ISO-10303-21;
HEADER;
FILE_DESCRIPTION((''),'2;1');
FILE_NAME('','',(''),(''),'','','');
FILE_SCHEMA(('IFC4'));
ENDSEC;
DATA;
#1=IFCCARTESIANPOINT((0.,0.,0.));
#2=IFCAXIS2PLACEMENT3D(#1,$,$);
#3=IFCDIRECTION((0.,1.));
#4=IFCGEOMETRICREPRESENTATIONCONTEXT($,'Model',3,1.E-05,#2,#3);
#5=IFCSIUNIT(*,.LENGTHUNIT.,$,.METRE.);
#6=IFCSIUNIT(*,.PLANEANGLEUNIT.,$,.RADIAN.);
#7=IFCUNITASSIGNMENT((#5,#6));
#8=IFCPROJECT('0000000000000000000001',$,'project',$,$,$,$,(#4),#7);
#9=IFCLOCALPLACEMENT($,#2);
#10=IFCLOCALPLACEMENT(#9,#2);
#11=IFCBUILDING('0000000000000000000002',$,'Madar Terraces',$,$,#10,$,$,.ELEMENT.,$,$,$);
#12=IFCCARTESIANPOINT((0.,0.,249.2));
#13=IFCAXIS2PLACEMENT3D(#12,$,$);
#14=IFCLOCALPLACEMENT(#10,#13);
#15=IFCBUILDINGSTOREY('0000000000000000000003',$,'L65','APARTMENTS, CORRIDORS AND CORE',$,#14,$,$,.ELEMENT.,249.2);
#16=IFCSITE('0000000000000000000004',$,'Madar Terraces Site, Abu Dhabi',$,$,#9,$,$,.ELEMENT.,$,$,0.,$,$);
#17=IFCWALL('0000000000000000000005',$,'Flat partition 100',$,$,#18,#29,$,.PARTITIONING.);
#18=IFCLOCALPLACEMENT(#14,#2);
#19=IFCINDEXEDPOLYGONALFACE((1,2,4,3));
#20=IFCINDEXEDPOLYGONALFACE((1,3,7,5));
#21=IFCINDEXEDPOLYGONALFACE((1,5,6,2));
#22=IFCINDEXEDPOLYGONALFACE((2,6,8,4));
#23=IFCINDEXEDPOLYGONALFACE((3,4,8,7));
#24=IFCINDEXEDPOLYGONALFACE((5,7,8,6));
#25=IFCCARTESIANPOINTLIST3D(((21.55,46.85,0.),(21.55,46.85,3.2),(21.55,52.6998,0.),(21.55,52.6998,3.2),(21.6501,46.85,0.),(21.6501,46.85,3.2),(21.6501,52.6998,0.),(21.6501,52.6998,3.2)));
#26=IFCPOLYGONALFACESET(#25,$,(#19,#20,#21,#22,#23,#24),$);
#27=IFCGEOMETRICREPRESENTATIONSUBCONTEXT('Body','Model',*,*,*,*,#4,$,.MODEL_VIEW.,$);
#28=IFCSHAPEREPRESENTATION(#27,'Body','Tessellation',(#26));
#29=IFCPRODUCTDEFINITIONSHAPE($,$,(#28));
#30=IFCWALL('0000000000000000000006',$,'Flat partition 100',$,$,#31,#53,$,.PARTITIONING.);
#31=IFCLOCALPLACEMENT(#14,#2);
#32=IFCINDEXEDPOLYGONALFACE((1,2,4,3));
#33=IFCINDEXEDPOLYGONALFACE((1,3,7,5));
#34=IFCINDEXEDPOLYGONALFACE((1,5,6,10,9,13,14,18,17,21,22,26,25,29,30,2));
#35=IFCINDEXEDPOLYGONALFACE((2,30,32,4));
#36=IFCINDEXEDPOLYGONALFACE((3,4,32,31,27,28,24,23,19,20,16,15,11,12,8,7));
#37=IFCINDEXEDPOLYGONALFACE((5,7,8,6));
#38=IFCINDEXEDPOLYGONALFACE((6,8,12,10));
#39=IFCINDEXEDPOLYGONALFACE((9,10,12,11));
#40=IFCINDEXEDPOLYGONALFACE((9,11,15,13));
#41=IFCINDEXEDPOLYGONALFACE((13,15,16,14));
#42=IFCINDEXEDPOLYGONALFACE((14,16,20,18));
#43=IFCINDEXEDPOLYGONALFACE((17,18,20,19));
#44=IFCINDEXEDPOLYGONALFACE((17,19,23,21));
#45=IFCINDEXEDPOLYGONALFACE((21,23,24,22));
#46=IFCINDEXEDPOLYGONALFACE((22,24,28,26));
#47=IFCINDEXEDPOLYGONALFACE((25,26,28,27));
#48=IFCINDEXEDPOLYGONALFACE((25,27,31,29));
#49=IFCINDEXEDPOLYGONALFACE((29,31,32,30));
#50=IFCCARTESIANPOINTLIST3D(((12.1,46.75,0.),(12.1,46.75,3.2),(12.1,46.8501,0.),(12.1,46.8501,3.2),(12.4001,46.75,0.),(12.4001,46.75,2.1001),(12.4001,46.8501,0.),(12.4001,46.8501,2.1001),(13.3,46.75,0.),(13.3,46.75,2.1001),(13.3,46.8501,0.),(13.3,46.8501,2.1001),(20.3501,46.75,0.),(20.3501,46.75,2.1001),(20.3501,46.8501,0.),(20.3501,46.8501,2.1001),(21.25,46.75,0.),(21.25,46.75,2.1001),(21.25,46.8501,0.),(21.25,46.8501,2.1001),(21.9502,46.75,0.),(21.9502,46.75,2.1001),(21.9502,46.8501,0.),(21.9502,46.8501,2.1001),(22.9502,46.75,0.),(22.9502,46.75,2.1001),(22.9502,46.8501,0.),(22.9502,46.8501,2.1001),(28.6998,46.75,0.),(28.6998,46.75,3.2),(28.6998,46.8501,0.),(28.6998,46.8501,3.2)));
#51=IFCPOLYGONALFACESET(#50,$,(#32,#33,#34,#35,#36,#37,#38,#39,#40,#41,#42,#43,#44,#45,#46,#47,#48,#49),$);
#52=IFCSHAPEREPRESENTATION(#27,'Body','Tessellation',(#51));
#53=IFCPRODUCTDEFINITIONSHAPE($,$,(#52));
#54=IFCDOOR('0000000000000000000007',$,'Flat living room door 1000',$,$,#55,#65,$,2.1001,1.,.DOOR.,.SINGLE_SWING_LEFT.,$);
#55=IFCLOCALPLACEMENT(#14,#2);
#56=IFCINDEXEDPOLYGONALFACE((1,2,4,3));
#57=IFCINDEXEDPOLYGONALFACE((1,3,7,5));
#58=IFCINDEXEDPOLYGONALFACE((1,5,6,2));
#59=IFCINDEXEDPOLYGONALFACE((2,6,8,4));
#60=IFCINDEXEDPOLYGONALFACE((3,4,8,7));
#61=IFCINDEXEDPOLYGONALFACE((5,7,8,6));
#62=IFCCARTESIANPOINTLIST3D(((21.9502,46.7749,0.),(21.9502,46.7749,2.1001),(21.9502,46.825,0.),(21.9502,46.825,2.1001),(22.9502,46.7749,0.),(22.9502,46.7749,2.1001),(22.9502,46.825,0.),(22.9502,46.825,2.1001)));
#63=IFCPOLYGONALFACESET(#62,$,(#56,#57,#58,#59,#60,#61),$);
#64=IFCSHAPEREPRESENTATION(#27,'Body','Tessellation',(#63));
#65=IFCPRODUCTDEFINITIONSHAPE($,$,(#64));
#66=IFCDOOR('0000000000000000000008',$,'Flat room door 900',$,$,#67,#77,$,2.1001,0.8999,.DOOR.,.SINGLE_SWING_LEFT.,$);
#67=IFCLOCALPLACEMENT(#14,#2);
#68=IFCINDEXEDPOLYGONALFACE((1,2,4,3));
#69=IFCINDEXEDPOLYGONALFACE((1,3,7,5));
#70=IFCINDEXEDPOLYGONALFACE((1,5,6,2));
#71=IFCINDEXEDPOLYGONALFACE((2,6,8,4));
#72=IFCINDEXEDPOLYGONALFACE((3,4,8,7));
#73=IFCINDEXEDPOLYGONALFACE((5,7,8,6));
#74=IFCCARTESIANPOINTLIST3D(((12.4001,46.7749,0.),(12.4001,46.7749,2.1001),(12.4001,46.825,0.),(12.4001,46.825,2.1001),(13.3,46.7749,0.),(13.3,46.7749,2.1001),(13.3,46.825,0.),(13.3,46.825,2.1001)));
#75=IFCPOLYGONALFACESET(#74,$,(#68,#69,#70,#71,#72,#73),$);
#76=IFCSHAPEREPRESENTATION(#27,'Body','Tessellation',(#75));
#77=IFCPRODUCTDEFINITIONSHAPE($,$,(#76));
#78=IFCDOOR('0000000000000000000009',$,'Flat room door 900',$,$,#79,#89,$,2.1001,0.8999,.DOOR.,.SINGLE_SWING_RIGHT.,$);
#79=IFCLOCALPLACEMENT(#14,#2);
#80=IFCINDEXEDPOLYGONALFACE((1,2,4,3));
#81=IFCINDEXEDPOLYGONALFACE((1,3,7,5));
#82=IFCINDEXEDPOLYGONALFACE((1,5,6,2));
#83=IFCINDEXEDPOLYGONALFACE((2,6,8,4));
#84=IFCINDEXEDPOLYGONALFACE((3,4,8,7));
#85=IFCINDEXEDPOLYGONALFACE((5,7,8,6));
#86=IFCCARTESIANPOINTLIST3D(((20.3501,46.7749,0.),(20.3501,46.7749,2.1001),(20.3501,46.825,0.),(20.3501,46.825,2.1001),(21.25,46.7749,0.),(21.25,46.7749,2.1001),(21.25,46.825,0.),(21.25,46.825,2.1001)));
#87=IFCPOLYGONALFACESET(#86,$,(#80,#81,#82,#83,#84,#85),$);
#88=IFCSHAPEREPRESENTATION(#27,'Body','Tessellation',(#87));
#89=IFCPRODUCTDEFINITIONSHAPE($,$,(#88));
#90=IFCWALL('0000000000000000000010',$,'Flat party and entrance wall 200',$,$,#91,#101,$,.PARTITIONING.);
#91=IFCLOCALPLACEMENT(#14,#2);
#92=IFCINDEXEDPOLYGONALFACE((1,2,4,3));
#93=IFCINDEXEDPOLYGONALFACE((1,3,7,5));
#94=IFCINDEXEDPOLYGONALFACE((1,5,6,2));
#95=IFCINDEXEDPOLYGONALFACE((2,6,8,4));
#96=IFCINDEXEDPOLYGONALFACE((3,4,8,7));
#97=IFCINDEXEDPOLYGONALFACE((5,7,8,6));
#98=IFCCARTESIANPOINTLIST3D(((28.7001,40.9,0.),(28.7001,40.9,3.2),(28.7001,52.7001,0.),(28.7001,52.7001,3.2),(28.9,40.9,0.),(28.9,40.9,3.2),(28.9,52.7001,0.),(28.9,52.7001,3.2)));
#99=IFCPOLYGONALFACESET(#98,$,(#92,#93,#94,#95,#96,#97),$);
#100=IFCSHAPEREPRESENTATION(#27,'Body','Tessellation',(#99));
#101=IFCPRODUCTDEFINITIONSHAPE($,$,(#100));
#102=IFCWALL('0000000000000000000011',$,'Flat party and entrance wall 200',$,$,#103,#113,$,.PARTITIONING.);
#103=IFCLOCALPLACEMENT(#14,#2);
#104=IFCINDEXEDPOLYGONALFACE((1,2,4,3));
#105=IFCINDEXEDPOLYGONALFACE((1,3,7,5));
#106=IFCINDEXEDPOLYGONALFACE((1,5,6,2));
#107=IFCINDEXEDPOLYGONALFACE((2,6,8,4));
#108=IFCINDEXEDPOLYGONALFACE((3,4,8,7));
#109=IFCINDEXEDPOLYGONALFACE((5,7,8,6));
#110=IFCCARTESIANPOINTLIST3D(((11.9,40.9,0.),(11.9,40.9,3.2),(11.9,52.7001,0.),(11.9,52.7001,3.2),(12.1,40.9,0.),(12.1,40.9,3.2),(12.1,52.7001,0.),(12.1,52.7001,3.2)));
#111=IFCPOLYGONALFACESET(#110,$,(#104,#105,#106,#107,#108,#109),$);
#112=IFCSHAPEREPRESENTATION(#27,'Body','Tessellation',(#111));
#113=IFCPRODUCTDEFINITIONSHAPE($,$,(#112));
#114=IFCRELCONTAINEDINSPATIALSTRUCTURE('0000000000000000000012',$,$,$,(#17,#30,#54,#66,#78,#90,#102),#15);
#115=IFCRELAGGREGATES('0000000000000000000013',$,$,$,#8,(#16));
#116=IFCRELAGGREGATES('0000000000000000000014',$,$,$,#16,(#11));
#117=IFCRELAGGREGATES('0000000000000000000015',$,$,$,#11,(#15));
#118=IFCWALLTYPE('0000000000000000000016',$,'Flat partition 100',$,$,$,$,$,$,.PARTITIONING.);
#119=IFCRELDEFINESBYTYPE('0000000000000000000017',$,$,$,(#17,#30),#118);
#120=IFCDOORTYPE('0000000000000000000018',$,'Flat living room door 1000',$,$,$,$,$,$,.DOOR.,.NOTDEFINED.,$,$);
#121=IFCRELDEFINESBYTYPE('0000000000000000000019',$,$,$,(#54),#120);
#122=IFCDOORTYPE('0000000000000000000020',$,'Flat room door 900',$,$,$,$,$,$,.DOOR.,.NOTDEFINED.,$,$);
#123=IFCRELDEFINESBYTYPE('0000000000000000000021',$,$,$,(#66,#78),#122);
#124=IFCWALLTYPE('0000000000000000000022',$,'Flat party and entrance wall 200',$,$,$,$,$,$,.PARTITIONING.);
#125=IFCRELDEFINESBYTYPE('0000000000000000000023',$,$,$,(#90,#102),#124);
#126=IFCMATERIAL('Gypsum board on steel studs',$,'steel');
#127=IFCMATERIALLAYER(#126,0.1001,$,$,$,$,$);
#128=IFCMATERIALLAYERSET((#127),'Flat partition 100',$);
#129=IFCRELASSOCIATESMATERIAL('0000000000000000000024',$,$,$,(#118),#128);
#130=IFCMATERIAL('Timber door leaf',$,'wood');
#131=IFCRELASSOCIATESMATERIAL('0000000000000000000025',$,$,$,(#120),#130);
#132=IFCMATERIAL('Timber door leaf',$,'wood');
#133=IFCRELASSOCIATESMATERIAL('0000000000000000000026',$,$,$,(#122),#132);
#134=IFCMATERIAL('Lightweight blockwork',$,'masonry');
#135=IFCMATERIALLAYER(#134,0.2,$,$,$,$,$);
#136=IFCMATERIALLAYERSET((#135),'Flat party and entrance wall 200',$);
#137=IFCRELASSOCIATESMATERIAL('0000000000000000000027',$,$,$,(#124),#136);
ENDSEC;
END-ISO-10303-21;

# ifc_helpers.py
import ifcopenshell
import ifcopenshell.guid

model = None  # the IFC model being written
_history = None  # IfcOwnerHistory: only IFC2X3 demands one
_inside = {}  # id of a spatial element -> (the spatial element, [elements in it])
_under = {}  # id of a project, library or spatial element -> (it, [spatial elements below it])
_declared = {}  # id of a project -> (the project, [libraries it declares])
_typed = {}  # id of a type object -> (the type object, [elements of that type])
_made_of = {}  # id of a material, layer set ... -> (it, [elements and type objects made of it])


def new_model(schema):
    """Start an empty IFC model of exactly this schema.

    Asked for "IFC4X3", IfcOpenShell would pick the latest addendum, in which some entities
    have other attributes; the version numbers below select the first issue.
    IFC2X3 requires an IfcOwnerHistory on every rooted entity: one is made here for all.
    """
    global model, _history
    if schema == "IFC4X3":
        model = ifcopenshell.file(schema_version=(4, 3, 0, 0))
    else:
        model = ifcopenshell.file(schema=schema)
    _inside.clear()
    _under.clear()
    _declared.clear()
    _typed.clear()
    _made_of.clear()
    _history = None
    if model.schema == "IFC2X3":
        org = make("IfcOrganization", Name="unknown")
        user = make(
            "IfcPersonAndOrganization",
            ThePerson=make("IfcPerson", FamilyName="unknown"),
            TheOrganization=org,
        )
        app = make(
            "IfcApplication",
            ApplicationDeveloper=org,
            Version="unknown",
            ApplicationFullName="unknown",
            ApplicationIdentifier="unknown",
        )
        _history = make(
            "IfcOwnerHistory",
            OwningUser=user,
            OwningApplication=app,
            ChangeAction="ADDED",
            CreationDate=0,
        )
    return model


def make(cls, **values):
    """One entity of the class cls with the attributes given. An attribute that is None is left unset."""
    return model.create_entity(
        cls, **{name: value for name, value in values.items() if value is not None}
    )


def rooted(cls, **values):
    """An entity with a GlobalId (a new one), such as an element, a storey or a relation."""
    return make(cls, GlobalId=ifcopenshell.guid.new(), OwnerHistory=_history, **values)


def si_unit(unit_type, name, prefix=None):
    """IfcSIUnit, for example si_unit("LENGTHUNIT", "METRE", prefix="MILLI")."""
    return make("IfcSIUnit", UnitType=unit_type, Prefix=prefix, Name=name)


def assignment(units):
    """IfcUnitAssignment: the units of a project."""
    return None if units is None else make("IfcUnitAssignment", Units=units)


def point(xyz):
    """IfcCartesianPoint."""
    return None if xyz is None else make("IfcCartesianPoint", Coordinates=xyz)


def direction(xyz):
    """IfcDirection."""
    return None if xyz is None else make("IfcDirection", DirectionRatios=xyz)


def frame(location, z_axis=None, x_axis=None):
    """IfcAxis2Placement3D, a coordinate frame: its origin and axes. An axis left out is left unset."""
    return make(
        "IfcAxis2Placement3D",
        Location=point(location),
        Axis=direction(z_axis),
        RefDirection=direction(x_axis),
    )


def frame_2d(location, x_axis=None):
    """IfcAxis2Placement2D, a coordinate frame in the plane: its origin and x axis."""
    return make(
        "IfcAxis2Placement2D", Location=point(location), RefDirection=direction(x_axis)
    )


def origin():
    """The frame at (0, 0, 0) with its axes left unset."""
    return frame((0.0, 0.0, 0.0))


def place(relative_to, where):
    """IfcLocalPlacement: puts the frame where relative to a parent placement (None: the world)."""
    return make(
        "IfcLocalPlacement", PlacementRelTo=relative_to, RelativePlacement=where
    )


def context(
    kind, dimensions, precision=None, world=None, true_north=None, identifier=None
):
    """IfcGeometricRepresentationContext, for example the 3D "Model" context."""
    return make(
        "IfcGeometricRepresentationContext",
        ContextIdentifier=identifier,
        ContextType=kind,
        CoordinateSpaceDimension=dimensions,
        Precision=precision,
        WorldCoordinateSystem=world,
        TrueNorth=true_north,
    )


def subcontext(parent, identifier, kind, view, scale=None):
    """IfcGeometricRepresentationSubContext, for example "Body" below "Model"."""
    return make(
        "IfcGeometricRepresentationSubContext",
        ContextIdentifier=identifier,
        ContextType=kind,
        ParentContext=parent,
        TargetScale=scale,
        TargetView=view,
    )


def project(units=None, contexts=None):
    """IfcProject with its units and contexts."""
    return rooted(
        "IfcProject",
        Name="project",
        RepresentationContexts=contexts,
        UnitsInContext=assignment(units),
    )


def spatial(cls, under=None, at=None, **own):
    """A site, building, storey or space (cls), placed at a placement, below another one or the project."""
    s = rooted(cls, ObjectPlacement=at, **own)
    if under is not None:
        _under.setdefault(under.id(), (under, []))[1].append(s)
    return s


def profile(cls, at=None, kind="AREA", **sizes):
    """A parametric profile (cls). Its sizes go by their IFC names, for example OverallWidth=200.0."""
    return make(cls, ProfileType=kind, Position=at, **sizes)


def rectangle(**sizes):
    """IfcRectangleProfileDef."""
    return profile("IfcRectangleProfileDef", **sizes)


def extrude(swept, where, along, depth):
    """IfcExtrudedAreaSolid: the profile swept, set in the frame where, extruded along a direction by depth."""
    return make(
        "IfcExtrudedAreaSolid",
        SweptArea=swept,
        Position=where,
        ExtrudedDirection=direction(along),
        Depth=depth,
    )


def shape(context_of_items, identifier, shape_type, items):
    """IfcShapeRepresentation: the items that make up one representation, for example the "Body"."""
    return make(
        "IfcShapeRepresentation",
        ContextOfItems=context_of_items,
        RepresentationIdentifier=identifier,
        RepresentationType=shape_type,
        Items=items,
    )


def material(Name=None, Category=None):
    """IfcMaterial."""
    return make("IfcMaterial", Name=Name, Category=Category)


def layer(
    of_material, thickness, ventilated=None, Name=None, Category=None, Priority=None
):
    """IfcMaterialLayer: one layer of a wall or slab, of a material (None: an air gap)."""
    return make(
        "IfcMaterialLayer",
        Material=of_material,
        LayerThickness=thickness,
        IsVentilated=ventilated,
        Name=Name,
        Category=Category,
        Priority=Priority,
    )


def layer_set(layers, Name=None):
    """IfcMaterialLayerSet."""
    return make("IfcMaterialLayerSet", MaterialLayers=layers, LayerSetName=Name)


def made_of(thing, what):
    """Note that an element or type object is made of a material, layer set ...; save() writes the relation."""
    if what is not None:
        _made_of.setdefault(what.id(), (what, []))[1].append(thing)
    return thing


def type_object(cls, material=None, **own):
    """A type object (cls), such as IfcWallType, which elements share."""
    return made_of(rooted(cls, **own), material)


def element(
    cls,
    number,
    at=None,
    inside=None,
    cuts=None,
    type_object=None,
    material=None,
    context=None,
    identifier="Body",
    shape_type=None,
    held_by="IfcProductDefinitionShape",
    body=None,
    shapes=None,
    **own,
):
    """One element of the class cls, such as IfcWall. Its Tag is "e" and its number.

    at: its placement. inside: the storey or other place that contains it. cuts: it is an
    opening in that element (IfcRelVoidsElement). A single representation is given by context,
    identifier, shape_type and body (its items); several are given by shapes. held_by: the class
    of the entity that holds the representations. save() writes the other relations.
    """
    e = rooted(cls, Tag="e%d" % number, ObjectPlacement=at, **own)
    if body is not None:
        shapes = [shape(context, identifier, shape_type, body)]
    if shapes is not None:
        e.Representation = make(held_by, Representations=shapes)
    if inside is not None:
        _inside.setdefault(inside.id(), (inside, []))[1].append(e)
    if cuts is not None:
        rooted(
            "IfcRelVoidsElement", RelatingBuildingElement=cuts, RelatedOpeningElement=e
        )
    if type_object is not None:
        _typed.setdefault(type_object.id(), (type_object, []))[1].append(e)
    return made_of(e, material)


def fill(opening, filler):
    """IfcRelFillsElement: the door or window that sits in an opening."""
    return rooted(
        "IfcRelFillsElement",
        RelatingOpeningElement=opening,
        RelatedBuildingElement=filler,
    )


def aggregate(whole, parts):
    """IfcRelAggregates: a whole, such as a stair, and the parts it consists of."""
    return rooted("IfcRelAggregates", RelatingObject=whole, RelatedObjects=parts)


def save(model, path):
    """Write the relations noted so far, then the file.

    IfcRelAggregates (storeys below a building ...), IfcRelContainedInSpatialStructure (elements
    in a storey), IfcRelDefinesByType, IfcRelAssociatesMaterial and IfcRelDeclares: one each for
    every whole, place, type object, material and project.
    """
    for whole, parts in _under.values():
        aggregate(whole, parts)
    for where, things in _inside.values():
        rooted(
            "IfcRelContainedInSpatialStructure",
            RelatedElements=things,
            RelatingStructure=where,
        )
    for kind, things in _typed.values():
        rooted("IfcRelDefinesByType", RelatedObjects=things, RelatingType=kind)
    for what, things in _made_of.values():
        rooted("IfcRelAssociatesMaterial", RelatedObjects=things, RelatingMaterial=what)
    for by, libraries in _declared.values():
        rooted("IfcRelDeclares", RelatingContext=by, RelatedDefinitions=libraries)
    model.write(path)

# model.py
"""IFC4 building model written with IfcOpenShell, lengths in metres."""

from ifc_helpers import new_model, si_unit, direction, frame, frame_2d, origin, place, context, subcontext, project, spatial, rectangle, extrude, material, layer, layer_set, type_object, element, fill, save


model = new_model("IFC4")

# Units and contexts
model_context = context("Model", 3, precision=1e-05, world=origin(), true_north=direction((0.0, 1.0)))
body_context = subcontext(model_context, "Body", "Model", "MODEL_VIEW")
ifc_project = project(units=[si_unit("LENGTHUNIT", "METRE"), si_unit("PLANEANGLEUNIT", "RADIAN")], contexts=[model_context])

# Site, building, storey
site_placement = place(None, origin())
site = spatial("IfcSite", under=ifc_project, at=site_placement, Name="Madar Terraces Site, Abu Dhabi", CompositionType="ELEMENT", RefElevation=0.0)
building_placement = place(site_placement, origin())
building = spatial("IfcBuilding", under=site, at=building_placement, Name="Madar Terraces", CompositionType="ELEMENT")
storey_placement = place(building_placement, frame((0.0, 0.0, 249.2)))
storey = spatial("IfcBuildingStorey", under=building, at=storey_placement, Name="L65", Description="APARTMENTS, CORRIDORS AND CORE", CompositionType="ELEMENT", Elevation=249.2)

# Wall
ifc_material_1 = material(Name="Gypsum board on steel studs", Category="steel")
ifc_layer_1 = layer(ifc_material_1, 0.1001)
ifc_layer_set_1 = layer_set([ifc_layer_1], Name="Flat partition 100")
wall_type_1 = type_object("IfcWallType", Name="Flat partition 100", PredefinedType="PARTITIONING", material=ifc_layer_set_1)
for number, where, z_axis, x_axis, name in (
    (1, (21.6001, 46.8501, 0.0), (0.0, 0.0, 1.0), (0.0, 1.0, 0.0), "Flat partition 100"),
):
    element("IfcWall", number, at=place(storey_placement, frame(where, z_axis=z_axis, x_axis=x_axis)), inside=storey, type_object=wall_type_1, Name=name, PredefinedType="PARTITIONING", context=body_context, shape_type="SweptSolid", body=[
        extrude(rectangle(XDim=5.8499, YDim=0.1001, at=frame_2d((2.9248, 0.0))), origin(), (0.0, 0.0, 1.0), 3.2),
    ])

# Wall, openings, doors
wall_1_placement = place(storey_placement, frame((12.1001, 46.8, 0.0), z_axis=(0.0, 0.0, 1.0), x_axis=(1.0, 0.0, 0.0)))
wall_1 = element("IfcWall", 2, at=wall_1_placement, inside=storey, type_object=wall_type_1, Name="Flat partition 100", PredefinedType="PARTITIONING", context=body_context, shape_type="SweptSolid", body=[
    extrude(rectangle(XDim=16.5999, YDim=0.1001, at=frame_2d((8.2998, 0.0))), origin(), (0.0, 0.0, 1.0), 3.2),
])
opening_1_placement = place(wall_1_placement, frame((0.3, 0.0, 0.0)))
opening_1 = element("IfcOpeningElement", 3, at=opening_1_placement, cuts=wall_1, PredefinedType="OPENING", context=body_context, shape_type="SweptSolid", body=[
    extrude(rectangle(XDim=0.8999, YDim=2.1001, at=frame_2d((0.45, 1.05))), frame((0.0, 0.0601, 0.0), z_axis=(0.0, -1.0, 0.0), x_axis=(1.0, 0.0, 0.0)), (0.0, 0.0, 1.0), 0.1201),
])
opening_2_placement = place(wall_1_placement, frame((8.25, 0.0, 0.0)))
opening_2 = element("IfcOpeningElement", 4, at=opening_2_placement, cuts=wall_1, PredefinedType="OPENING", context=body_context, shape_type="SweptSolid", body=[
    extrude(rectangle(XDim=0.8999, YDim=2.1001, at=frame_2d((0.45, 1.05))), frame((0.0, 0.0601, 0.0), z_axis=(0.0, -1.0, 0.0), x_axis=(1.0, 0.0, 0.0)), (0.0, 0.0, 1.0), 0.1201),
])
opening_3_placement = place(wall_1_placement, frame((9.8501, 0.0, 0.0)))
opening_3 = element("IfcOpeningElement", 5, at=opening_3_placement, cuts=wall_1, PredefinedType="OPENING", context=body_context, shape_type="SweptSolid", body=[
    extrude(rectangle(XDim=1.0, YDim=2.1001, at=frame_2d((0.5, 1.05))), frame((0.0, 0.0601, 0.0), z_axis=(0.0, -1.0, 0.0), x_axis=(1.0, 0.0, 0.0)), (0.0, 0.0, 1.0), 0.1201),
])
ifc_material_2 = material(Name="Timber door leaf", Category="wood")
door_type_1 = type_object("IfcDoorType", Name="Flat living room door 1000", OperationType="NOTDEFINED", PredefinedType="DOOR", material=ifc_material_2)
door_1_placement = place(opening_3_placement, origin())
door_1 = element("IfcDoor", 6, at=door_1_placement, inside=storey, type_object=door_type_1, Name="Flat living room door 1000", OperationType="SINGLE_SWING_LEFT", OverallHeight=2.1001, OverallWidth=1.0, PredefinedType="DOOR", context=body_context, shape_type="SweptSolid", body=[
    extrude(rectangle(XDim=1.0, YDim=2.1001, at=frame_2d((0.5, 1.05))), frame((0.0, 0.0249, 0.0), z_axis=(0.0, -1.0, 0.0), x_axis=(1.0, 0.0, 0.0)), (0.0, 0.0, 1.0), 0.05),
])
fill(opening_3, door_1)
ifc_material_3 = material(Name="Timber door leaf", Category="wood")
door_type_2 = type_object("IfcDoorType", Name="Flat room door 900", OperationType="NOTDEFINED", PredefinedType="DOOR", material=ifc_material_3)
door_2_placement = place(opening_1_placement, origin())
door_2 = element("IfcDoor", 7, at=door_2_placement, inside=storey, type_object=door_type_2, Name="Flat room door 900", OperationType="SINGLE_SWING_LEFT", OverallHeight=2.1001, OverallWidth=0.8999, PredefinedType="DOOR", context=body_context, shape_type="SweptSolid", body=[
    extrude(rectangle(XDim=0.8999, YDim=2.1001, at=frame_2d((0.45, 1.05))), frame((0.0, 0.0249, 0.0), z_axis=(0.0, -1.0, 0.0), x_axis=(1.0, 0.0, 0.0)), (0.0, 0.0, 1.0), 0.05),
])
fill(opening_1, door_2)
door_3_placement = place(opening_2_placement, origin())
door_3 = element("IfcDoor", 8, at=door_3_placement, inside=storey, type_object=door_type_2, Name="Flat room door 900", OperationType="SINGLE_SWING_RIGHT", OverallHeight=2.1001, OverallWidth=0.8999, PredefinedType="DOOR", context=body_context, shape_type="SweptSolid", body=[
    extrude(rectangle(XDim=0.8999, YDim=2.1001, at=frame_2d((0.45, 1.05))), frame((0.0, 0.0249, 0.0), z_axis=(0.0, -1.0, 0.0), x_axis=(1.0, 0.0, 0.0)), (0.0, 0.0, 1.0), 0.05),
])
fill(opening_2, door_3)

# Walls
ifc_material_4 = material(Name="Lightweight blockwork", Category="masonry")
ifc_layer_2 = layer(ifc_material_4, 0.2)
ifc_layer_set_2 = layer_set([ifc_layer_2], Name="Flat party and entrance wall 200")
wall_type_2 = type_object("IfcWallType", Name="Flat party and entrance wall 200", PredefinedType="PARTITIONING", material=ifc_layer_set_2)
for number, where, z_axis, x_axis, name in (
    (9, (28.8, 52.7, 0.0), (0.0, 0.0, 1.0), (0.0, -1.0, 0.0), "Flat party and entrance wall 200"),
    (10, (12.0, 52.7, 0.0), (0.0, 0.0, 1.0), (0.0, -1.0, 0.0), "Flat party and entrance wall 200"),
):
    element("IfcWall", number, at=place(storey_placement, frame(where, z_axis=z_axis, x_axis=x_axis)), inside=storey, type_object=wall_type_2, Name=name, PredefinedType="PARTITIONING", context=body_context, shape_type="SweptSolid", body=[
        extrude(rectangle(XDim=11.8, YDim=0.2, at=frame_2d((5.8999, 0.0))), origin(), (0.0, 0.0, 1.0), 3.2),
    ])

save(model, "model.ifc")
